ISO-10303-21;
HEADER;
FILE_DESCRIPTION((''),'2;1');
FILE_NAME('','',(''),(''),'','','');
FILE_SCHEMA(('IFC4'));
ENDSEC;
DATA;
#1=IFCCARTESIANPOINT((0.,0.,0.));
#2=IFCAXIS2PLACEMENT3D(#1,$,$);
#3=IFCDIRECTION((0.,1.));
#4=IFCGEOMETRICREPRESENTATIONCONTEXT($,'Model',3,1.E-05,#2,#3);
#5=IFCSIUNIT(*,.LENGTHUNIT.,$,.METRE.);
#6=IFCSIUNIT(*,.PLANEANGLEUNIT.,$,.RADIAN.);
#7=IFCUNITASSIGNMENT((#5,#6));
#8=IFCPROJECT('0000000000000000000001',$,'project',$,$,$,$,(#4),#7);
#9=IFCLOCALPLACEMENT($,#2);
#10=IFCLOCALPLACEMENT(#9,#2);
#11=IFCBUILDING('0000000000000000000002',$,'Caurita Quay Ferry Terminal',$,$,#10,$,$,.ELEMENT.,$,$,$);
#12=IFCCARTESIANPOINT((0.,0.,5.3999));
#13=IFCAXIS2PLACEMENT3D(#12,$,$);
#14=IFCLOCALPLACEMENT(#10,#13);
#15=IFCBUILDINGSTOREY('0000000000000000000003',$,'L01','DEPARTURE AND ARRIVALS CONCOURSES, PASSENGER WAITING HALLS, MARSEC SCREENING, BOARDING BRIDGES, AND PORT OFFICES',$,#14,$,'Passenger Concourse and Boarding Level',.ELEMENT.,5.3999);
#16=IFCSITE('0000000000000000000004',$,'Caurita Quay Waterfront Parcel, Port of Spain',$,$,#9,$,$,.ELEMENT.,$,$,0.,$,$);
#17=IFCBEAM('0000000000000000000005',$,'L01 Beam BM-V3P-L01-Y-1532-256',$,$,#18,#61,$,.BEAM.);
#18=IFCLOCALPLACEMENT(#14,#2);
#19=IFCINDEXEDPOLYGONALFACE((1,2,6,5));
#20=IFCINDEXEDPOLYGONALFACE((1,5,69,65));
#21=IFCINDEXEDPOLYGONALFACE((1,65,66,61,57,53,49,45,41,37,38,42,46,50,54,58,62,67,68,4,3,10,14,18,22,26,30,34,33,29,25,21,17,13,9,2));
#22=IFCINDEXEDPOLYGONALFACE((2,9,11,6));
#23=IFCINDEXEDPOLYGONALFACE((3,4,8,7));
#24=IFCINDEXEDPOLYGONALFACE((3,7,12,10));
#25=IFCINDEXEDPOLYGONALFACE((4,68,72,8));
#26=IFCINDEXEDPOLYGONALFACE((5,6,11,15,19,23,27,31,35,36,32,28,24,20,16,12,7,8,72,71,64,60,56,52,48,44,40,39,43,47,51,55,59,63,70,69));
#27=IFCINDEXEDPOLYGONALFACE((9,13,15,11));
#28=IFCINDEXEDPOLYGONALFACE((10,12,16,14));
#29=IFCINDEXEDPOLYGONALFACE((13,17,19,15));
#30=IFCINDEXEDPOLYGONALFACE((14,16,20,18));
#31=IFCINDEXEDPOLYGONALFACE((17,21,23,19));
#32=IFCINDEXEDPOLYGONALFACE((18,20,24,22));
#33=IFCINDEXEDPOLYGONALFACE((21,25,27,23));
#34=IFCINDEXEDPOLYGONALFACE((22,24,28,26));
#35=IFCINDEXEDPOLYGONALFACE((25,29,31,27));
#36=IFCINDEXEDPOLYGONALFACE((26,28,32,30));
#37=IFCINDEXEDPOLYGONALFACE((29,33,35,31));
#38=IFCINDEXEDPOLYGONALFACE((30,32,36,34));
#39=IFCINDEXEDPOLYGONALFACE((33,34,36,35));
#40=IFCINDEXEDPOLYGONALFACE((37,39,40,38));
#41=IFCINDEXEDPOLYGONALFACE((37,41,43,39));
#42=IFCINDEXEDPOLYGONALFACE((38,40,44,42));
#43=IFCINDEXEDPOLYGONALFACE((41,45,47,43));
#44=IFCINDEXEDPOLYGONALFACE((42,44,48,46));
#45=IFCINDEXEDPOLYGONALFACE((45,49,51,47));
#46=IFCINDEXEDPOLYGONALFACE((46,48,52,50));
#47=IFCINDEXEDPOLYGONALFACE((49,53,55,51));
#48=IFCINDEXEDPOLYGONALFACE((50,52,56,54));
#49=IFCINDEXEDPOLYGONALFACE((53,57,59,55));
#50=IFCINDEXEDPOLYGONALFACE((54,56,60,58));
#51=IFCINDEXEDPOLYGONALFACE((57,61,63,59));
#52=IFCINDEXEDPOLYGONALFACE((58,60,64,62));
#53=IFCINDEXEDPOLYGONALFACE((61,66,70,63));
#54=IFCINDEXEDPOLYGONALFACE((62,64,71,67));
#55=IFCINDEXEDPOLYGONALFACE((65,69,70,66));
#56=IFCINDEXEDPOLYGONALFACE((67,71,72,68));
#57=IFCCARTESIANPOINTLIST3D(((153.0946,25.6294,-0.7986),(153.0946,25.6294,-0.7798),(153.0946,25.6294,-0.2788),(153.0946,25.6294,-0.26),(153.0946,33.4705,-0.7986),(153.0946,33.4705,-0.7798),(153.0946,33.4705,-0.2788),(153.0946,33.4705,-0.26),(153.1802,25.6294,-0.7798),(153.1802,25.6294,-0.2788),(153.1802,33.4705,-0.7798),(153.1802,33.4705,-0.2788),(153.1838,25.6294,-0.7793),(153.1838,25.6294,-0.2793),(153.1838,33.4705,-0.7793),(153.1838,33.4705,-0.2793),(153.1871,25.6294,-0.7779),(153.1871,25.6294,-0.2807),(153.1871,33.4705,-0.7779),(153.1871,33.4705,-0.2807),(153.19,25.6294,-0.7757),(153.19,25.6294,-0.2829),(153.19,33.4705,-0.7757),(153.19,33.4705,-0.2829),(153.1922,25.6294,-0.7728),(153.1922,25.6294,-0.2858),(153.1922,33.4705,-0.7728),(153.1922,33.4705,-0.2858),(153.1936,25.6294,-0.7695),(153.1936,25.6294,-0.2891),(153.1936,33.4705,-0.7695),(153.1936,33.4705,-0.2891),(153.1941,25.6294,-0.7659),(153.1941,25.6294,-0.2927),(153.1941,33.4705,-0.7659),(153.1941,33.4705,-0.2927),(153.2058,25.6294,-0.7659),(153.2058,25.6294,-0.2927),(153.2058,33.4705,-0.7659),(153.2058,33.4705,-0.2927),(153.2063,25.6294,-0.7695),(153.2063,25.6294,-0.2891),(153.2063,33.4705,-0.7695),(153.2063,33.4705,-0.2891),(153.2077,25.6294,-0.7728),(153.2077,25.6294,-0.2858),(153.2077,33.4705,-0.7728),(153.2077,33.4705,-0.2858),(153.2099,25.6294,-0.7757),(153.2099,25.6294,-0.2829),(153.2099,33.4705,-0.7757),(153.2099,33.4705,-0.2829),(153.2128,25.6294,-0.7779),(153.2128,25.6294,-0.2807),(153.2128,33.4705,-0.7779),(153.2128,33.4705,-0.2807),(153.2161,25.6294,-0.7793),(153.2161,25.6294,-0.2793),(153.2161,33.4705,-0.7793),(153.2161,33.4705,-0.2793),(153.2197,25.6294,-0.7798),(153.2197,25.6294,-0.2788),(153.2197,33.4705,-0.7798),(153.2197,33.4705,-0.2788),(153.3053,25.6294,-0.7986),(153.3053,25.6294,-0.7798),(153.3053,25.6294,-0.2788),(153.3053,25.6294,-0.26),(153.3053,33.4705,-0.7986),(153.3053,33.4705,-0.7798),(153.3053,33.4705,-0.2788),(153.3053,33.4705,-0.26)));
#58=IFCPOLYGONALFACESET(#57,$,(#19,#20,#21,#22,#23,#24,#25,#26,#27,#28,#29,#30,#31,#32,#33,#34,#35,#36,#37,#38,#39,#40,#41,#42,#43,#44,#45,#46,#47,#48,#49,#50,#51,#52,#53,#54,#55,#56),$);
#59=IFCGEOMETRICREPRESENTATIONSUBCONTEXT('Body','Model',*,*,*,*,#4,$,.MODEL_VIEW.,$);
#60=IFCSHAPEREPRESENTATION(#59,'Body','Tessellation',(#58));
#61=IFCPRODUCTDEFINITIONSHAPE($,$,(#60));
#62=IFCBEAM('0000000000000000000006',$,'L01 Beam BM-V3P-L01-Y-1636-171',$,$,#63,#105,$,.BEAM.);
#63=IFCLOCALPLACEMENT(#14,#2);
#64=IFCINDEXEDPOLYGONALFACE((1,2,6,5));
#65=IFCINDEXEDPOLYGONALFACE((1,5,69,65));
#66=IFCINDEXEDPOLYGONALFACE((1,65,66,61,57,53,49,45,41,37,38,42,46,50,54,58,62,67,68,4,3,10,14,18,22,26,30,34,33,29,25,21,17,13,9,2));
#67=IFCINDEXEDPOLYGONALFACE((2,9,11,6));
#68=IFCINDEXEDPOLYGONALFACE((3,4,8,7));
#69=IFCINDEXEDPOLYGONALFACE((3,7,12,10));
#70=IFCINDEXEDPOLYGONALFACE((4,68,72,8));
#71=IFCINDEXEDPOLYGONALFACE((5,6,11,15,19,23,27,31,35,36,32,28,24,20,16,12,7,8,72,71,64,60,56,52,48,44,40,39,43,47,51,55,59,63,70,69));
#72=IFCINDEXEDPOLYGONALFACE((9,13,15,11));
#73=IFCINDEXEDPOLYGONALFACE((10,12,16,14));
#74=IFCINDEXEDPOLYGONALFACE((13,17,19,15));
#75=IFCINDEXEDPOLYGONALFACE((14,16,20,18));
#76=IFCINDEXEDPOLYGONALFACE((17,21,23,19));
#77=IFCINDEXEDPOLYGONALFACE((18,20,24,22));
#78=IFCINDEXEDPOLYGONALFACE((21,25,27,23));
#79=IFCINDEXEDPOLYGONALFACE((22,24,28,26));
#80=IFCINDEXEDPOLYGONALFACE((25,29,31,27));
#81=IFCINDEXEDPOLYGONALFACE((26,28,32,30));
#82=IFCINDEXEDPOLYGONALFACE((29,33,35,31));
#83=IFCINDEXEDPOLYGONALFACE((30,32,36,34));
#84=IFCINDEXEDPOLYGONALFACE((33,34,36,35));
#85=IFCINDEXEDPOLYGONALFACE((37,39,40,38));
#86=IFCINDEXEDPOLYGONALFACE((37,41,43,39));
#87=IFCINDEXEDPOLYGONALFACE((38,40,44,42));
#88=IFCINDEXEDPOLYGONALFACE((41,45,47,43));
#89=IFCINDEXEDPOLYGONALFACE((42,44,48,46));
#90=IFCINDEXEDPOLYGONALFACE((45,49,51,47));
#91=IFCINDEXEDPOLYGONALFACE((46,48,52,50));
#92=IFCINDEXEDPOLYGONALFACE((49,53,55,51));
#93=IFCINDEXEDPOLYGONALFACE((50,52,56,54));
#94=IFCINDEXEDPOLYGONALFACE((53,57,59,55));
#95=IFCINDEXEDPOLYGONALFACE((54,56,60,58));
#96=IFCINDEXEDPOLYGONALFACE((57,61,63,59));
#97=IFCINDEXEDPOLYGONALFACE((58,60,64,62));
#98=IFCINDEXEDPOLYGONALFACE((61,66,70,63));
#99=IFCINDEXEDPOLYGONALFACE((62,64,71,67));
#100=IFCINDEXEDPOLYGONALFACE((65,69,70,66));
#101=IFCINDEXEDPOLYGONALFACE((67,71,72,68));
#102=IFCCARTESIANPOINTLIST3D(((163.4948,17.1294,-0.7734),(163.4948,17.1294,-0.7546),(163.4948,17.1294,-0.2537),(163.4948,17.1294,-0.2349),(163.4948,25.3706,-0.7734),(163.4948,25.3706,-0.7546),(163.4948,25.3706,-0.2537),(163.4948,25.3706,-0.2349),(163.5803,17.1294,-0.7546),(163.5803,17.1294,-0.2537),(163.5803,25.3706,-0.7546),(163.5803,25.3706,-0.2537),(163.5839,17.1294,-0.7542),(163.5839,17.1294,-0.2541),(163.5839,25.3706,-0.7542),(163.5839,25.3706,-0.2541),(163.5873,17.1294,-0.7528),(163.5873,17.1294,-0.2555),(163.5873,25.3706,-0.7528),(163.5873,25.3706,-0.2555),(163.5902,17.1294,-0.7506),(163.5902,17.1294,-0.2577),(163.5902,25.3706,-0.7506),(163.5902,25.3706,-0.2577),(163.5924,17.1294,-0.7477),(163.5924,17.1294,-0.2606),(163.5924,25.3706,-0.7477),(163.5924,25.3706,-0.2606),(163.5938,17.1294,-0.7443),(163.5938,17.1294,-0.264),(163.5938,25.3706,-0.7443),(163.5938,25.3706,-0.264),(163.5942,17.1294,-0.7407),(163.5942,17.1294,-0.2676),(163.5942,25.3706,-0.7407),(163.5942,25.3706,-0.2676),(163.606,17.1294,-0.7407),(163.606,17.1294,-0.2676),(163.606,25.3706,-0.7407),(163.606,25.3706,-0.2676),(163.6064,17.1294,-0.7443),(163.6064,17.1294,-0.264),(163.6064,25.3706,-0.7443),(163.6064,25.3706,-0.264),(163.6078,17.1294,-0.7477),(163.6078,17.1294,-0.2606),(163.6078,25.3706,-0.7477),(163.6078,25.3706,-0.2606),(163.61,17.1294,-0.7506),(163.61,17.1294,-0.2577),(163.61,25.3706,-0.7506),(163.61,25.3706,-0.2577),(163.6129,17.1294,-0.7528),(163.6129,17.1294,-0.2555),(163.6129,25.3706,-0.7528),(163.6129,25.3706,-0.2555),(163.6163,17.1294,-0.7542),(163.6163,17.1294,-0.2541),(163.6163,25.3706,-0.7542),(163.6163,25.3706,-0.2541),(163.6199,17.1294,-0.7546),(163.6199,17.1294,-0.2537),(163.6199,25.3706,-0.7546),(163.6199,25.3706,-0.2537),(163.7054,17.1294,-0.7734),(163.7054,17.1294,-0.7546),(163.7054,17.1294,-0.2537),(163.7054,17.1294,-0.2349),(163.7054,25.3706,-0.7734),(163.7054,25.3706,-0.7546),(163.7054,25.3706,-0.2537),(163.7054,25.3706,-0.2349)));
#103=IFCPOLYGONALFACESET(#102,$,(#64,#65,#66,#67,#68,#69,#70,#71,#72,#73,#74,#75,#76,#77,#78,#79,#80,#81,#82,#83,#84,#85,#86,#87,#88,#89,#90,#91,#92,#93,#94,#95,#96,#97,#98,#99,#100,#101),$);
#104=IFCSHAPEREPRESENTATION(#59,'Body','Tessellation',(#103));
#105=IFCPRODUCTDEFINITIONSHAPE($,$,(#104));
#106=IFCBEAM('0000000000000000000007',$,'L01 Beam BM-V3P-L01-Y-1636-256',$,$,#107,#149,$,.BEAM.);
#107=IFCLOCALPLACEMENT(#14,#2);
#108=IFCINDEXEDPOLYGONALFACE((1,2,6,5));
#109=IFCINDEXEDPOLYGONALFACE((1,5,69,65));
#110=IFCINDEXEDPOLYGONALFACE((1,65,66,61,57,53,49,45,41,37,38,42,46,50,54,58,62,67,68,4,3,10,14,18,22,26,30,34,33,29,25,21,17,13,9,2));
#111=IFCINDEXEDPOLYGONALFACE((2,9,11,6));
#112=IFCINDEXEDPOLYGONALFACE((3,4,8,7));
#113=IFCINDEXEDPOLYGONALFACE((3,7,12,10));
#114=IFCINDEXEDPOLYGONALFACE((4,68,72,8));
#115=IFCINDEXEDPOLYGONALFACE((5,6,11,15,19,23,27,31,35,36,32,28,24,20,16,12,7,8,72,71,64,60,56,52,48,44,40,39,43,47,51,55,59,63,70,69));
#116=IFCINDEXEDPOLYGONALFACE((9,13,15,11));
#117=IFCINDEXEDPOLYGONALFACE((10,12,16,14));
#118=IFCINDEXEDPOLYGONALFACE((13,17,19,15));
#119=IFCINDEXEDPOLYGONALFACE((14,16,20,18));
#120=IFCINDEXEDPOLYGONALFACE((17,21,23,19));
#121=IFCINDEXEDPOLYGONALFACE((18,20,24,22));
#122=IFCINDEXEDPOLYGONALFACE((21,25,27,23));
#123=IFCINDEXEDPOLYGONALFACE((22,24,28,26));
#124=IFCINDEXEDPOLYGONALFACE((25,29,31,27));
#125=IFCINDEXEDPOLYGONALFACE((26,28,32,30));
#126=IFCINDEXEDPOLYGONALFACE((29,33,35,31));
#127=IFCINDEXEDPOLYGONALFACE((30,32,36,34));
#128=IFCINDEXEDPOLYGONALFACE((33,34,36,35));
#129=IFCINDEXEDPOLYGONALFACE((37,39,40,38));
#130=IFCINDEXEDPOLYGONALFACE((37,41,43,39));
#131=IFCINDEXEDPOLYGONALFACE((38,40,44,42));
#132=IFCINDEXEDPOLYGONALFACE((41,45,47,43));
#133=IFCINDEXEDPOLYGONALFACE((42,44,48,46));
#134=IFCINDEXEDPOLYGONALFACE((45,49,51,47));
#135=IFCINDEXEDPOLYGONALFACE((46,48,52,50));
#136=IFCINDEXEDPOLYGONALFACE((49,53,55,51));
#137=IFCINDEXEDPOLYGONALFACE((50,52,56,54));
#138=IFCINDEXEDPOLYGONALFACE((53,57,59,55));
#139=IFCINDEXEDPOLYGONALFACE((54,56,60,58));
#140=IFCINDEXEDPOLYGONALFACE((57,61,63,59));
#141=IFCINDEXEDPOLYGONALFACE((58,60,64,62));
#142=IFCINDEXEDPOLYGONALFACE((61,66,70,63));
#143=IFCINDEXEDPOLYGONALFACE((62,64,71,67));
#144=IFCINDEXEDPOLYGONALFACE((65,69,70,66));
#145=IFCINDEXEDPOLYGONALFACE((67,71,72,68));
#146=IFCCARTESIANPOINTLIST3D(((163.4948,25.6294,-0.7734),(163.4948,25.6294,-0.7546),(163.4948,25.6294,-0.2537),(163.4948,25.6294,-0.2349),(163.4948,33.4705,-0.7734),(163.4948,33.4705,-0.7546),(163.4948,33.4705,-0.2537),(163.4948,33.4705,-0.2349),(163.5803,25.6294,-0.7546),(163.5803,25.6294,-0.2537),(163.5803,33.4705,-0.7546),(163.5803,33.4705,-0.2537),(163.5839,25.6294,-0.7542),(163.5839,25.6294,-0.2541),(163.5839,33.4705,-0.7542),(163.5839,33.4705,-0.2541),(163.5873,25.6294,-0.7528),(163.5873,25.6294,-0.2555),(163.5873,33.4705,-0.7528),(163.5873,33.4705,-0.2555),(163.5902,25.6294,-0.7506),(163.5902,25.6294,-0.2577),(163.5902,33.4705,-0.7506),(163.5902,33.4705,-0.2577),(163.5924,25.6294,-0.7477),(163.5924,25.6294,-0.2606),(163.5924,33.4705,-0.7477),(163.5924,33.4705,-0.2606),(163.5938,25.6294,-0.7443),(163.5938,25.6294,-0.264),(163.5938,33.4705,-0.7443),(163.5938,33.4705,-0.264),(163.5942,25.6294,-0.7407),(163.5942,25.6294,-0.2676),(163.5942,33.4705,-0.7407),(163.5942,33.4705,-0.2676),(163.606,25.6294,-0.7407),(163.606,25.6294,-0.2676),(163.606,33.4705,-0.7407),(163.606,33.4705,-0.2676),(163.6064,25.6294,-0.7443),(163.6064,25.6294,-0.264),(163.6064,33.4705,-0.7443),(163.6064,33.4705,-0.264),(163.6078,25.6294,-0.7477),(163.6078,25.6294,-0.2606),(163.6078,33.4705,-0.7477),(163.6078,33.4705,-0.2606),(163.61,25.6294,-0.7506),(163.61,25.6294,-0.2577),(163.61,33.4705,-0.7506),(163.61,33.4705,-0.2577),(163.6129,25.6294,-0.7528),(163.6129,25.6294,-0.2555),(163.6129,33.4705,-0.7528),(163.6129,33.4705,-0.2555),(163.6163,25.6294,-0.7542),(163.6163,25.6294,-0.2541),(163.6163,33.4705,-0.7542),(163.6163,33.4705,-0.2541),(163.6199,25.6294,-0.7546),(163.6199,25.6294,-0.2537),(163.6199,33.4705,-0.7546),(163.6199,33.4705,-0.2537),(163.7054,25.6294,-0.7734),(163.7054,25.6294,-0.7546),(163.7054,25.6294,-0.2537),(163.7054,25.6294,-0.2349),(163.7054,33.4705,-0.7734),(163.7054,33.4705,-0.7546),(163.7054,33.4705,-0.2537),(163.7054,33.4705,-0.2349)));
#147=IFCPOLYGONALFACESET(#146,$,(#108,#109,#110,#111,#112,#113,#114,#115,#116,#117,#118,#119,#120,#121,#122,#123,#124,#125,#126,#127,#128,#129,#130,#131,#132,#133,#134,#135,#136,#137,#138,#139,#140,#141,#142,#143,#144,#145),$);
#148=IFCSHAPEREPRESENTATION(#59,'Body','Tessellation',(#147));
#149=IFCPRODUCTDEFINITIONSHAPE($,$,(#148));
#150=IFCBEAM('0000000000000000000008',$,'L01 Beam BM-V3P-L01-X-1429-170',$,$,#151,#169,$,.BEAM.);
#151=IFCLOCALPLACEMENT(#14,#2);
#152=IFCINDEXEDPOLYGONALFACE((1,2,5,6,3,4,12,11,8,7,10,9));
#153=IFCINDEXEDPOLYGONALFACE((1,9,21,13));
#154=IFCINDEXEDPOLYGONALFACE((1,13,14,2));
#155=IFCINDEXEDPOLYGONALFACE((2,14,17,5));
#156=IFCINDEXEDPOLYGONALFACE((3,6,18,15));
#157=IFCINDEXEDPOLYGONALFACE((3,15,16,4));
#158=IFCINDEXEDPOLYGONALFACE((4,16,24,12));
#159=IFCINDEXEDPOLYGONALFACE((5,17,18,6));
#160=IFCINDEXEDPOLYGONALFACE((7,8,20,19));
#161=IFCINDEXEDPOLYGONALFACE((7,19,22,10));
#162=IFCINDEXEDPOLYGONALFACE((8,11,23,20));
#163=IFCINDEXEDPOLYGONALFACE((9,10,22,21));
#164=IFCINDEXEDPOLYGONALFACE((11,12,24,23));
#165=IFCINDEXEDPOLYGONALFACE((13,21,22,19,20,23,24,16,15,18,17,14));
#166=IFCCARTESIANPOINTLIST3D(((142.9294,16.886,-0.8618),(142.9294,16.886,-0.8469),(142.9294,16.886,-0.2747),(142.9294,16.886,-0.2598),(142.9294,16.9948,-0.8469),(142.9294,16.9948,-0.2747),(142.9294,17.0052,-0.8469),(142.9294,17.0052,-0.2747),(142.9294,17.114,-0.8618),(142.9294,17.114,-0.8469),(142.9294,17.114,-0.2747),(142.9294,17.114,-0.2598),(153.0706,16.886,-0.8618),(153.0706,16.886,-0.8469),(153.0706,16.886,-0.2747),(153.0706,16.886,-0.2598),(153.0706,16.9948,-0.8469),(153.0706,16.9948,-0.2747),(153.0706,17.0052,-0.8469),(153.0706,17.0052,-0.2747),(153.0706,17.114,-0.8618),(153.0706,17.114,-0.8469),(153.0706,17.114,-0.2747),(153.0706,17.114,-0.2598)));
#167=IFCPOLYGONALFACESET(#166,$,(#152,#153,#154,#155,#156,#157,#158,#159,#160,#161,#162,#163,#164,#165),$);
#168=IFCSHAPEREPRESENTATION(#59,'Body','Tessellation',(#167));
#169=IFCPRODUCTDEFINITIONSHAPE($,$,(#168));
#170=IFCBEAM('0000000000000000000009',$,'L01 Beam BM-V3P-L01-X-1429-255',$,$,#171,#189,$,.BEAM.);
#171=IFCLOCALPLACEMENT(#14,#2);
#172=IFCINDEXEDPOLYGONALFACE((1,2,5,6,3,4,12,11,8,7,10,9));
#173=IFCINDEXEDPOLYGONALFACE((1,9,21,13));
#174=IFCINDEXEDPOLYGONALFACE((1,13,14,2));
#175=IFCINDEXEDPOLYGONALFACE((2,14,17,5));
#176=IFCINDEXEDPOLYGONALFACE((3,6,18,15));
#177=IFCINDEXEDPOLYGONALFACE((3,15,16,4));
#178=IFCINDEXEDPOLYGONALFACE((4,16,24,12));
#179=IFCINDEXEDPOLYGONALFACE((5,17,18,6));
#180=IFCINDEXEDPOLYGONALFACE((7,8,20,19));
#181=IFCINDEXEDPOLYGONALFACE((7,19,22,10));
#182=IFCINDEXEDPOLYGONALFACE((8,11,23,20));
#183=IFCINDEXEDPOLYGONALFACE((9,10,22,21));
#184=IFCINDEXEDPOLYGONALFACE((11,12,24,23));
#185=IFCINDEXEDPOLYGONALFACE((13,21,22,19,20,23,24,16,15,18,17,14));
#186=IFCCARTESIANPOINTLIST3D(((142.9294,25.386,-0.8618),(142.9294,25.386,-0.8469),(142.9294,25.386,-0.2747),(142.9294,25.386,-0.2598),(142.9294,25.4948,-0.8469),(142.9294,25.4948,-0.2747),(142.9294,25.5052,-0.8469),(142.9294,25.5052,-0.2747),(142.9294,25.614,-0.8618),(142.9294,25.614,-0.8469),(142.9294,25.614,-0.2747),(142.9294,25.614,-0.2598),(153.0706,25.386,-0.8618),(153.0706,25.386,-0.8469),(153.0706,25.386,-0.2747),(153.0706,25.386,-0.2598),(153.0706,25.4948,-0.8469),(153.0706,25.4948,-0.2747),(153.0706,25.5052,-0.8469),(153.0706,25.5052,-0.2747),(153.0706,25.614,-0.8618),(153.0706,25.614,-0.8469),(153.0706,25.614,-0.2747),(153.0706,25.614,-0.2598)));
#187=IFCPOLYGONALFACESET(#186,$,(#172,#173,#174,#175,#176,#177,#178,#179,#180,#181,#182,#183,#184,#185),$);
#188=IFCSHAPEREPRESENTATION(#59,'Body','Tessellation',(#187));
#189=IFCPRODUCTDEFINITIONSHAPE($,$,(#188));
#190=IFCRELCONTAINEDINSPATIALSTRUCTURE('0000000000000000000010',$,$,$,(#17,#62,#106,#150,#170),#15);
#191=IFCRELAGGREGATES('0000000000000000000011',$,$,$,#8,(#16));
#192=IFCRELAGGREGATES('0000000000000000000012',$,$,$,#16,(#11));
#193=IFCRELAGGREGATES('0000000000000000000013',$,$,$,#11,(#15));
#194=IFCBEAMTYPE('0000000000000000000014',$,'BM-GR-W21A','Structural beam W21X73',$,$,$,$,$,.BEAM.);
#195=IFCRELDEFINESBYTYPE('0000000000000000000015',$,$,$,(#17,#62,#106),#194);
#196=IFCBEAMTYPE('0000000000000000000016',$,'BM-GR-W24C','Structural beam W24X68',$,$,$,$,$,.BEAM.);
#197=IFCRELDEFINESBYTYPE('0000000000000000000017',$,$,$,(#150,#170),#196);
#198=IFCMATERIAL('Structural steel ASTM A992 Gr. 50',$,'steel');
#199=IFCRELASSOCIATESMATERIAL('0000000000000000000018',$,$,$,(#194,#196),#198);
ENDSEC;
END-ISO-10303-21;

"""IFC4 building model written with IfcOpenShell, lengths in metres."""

from ifc_helpers import new_model, si_unit, direction, frame, origin, origin_2d, place, context, subcontext, project, spatial, i_section, extrude, material, material_profile, profile_set, type_object, element, save


model = new_model("IFC4")

# Units and contexts
model_context = context("Model", 3, precision=1e-05, world=origin(), true_north=direction((0.0, 1.0)))
body_context = subcontext(model_context, "Body", "Model", "MODEL_VIEW")
ifc_project = project(units=[si_unit("LENGTHUNIT", "METRE"), si_unit("PLANEANGLEUNIT", "RADIAN")], contexts=[model_context])

# Site, building, storey
site_placement = place(None, origin())
site = spatial("IfcSite", under=ifc_project, at=site_placement, Name="Caurita Quay Waterfront Parcel, Port of Spain", CompositionType="ELEMENT", RefElevation=0.0)
building_placement = place(site_placement, origin())
building = spatial("IfcBuilding", under=site, at=building_placement, Name="Caurita Quay Ferry Terminal", CompositionType="ELEMENT")
storey_placement = place(building_placement, frame((0.0, 0.0, 5.3999)))
storey = spatial("IfcBuildingStorey", under=building, at=storey_placement, Name="L01", Description="DEPARTURE AND ARRIVALS CONCOURSES, PASSENGER WAITING HALLS, MARSEC SCREENING, BOARDING BRIDGES, AND PORT OFFICES", LongName="Passenger Concourse and Boarding Level", CompositionType="ELEMENT", Elevation=5.3999)

# Beams
ifc_material_1 = material(Name="Structural steel ASTM A992 Gr. 50", Category="steel")
ifc_material_profile_1 = material_profile(ifc_material_1, i_section(OverallWidth=0.2107, OverallDepth=0.5386, WebThickness=0.0117, FlangeThickness=0.0188, FilletRadius=0.0139, at=origin_2d()), Name="W21X73")
ifc_profile_set_1 = profile_set([ifc_material_profile_1], Name="Structural steel ASTM A992 Gr. 50")
beam_type_1 = type_object("IfcBeamType", Name="BM-GR-W21A", Description="Structural beam W21X73", PredefinedType="BEAM", material=ifc_profile_set_1)
beam_1_placement = place(storey_placement, frame((153.2, 25.6294, -0.5293), z_axis=(0.0, 1.0, 0.0), x_axis=(-1.0, 0.0, 0.0)))
element("IfcBeam", 1, at=beam_1_placement, inside=storey, type_object=beam_type_1, Name="L01 Beam BM-V3P-L01-Y-1532-256", PredefinedType="BEAM", context=body_context, shape_type="SweptSolid", body=[
    extrude(i_section(OverallWidth=0.2107, OverallDepth=0.5386, WebThickness=0.0117, FlangeThickness=0.0188, FilletRadius=0.0139, at=origin_2d()), origin(), (0.0, 0.0, 1.0), 7.8411),
])
beam_2_placement = place(storey_placement, frame((163.6001, 17.1294, -0.5042), z_axis=(0.0, 1.0, 0.0), x_axis=(-1.0, 0.0, 0.0)))
element("IfcBeam", 2, at=beam_2_placement, inside=storey, type_object=beam_type_1, Name="L01 Beam BM-V3P-L01-Y-1636-171", PredefinedType="BEAM", context=body_context, shape_type="SweptSolid", body=[
    extrude(i_section(OverallWidth=0.2107, OverallDepth=0.5386, WebThickness=0.0117, FlangeThickness=0.0188, FilletRadius=0.0139, at=origin_2d()), origin(), (0.0, 0.0, 1.0), 8.2412),
])
beam_3_placement = place(storey_placement, frame((163.6001, 25.6294, -0.5042), z_axis=(0.0, 1.0, 0.0), x_axis=(-1.0, 0.0, 0.0)))
element("IfcBeam", 3, at=beam_3_placement, inside=storey, type_object=beam_type_1, Name="L01 Beam BM-V3P-L01-Y-1636-256", PredefinedType="BEAM", context=body_context, shape_type="SweptSolid", body=[
    extrude(i_section(OverallWidth=0.2107, OverallDepth=0.5386, WebThickness=0.0117, FlangeThickness=0.0188, FilletRadius=0.0139, at=origin_2d()), origin(), (0.0, 0.0, 1.0), 7.8411),
])
ifc_material_profile_2 = material_profile(ifc_material_1, i_section(OverallWidth=0.228, OverallDepth=0.6021, WebThickness=0.0105, FlangeThickness=0.0149, at=origin_2d()), Name="W24X68")
ifc_profile_set_2 = profile_set([ifc_material_profile_2], Name="Structural steel ASTM A992 Gr. 50")
beam_type_2 = type_object("IfcBeamType", Name="BM-GR-W24C", Description="Structural beam W24X68", PredefinedType="BEAM", material=ifc_profile_set_2)
for number, where, z_axis, x_axis, name in (
    (4, (142.9294, 17.0, -0.5608), (1.0, 0.0, 0.0), (0.0, 1.0, 0.0), "L01 Beam BM-V3P-L01-X-1429-170"),
    (5, (142.9294, 25.5, -0.5608), (1.0, 0.0, 0.0), (0.0, 1.0, 0.0), "L01 Beam BM-V3P-L01-X-1429-255"),
):
    element("IfcBeam", number, at=place(storey_placement, frame(where, z_axis=z_axis, x_axis=x_axis)), inside=storey, type_object=beam_type_2, Name=name, PredefinedType="BEAM", context=body_context, shape_type="SweptSolid", body=[
        extrude(i_section(OverallWidth=0.228, OverallDepth=0.6021, WebThickness=0.0105, FlangeThickness=0.0149, at=origin_2d()), origin(), (0.0, 0.0, 1.0), 10.1411),
    ])

save(model, "model.ifc")
